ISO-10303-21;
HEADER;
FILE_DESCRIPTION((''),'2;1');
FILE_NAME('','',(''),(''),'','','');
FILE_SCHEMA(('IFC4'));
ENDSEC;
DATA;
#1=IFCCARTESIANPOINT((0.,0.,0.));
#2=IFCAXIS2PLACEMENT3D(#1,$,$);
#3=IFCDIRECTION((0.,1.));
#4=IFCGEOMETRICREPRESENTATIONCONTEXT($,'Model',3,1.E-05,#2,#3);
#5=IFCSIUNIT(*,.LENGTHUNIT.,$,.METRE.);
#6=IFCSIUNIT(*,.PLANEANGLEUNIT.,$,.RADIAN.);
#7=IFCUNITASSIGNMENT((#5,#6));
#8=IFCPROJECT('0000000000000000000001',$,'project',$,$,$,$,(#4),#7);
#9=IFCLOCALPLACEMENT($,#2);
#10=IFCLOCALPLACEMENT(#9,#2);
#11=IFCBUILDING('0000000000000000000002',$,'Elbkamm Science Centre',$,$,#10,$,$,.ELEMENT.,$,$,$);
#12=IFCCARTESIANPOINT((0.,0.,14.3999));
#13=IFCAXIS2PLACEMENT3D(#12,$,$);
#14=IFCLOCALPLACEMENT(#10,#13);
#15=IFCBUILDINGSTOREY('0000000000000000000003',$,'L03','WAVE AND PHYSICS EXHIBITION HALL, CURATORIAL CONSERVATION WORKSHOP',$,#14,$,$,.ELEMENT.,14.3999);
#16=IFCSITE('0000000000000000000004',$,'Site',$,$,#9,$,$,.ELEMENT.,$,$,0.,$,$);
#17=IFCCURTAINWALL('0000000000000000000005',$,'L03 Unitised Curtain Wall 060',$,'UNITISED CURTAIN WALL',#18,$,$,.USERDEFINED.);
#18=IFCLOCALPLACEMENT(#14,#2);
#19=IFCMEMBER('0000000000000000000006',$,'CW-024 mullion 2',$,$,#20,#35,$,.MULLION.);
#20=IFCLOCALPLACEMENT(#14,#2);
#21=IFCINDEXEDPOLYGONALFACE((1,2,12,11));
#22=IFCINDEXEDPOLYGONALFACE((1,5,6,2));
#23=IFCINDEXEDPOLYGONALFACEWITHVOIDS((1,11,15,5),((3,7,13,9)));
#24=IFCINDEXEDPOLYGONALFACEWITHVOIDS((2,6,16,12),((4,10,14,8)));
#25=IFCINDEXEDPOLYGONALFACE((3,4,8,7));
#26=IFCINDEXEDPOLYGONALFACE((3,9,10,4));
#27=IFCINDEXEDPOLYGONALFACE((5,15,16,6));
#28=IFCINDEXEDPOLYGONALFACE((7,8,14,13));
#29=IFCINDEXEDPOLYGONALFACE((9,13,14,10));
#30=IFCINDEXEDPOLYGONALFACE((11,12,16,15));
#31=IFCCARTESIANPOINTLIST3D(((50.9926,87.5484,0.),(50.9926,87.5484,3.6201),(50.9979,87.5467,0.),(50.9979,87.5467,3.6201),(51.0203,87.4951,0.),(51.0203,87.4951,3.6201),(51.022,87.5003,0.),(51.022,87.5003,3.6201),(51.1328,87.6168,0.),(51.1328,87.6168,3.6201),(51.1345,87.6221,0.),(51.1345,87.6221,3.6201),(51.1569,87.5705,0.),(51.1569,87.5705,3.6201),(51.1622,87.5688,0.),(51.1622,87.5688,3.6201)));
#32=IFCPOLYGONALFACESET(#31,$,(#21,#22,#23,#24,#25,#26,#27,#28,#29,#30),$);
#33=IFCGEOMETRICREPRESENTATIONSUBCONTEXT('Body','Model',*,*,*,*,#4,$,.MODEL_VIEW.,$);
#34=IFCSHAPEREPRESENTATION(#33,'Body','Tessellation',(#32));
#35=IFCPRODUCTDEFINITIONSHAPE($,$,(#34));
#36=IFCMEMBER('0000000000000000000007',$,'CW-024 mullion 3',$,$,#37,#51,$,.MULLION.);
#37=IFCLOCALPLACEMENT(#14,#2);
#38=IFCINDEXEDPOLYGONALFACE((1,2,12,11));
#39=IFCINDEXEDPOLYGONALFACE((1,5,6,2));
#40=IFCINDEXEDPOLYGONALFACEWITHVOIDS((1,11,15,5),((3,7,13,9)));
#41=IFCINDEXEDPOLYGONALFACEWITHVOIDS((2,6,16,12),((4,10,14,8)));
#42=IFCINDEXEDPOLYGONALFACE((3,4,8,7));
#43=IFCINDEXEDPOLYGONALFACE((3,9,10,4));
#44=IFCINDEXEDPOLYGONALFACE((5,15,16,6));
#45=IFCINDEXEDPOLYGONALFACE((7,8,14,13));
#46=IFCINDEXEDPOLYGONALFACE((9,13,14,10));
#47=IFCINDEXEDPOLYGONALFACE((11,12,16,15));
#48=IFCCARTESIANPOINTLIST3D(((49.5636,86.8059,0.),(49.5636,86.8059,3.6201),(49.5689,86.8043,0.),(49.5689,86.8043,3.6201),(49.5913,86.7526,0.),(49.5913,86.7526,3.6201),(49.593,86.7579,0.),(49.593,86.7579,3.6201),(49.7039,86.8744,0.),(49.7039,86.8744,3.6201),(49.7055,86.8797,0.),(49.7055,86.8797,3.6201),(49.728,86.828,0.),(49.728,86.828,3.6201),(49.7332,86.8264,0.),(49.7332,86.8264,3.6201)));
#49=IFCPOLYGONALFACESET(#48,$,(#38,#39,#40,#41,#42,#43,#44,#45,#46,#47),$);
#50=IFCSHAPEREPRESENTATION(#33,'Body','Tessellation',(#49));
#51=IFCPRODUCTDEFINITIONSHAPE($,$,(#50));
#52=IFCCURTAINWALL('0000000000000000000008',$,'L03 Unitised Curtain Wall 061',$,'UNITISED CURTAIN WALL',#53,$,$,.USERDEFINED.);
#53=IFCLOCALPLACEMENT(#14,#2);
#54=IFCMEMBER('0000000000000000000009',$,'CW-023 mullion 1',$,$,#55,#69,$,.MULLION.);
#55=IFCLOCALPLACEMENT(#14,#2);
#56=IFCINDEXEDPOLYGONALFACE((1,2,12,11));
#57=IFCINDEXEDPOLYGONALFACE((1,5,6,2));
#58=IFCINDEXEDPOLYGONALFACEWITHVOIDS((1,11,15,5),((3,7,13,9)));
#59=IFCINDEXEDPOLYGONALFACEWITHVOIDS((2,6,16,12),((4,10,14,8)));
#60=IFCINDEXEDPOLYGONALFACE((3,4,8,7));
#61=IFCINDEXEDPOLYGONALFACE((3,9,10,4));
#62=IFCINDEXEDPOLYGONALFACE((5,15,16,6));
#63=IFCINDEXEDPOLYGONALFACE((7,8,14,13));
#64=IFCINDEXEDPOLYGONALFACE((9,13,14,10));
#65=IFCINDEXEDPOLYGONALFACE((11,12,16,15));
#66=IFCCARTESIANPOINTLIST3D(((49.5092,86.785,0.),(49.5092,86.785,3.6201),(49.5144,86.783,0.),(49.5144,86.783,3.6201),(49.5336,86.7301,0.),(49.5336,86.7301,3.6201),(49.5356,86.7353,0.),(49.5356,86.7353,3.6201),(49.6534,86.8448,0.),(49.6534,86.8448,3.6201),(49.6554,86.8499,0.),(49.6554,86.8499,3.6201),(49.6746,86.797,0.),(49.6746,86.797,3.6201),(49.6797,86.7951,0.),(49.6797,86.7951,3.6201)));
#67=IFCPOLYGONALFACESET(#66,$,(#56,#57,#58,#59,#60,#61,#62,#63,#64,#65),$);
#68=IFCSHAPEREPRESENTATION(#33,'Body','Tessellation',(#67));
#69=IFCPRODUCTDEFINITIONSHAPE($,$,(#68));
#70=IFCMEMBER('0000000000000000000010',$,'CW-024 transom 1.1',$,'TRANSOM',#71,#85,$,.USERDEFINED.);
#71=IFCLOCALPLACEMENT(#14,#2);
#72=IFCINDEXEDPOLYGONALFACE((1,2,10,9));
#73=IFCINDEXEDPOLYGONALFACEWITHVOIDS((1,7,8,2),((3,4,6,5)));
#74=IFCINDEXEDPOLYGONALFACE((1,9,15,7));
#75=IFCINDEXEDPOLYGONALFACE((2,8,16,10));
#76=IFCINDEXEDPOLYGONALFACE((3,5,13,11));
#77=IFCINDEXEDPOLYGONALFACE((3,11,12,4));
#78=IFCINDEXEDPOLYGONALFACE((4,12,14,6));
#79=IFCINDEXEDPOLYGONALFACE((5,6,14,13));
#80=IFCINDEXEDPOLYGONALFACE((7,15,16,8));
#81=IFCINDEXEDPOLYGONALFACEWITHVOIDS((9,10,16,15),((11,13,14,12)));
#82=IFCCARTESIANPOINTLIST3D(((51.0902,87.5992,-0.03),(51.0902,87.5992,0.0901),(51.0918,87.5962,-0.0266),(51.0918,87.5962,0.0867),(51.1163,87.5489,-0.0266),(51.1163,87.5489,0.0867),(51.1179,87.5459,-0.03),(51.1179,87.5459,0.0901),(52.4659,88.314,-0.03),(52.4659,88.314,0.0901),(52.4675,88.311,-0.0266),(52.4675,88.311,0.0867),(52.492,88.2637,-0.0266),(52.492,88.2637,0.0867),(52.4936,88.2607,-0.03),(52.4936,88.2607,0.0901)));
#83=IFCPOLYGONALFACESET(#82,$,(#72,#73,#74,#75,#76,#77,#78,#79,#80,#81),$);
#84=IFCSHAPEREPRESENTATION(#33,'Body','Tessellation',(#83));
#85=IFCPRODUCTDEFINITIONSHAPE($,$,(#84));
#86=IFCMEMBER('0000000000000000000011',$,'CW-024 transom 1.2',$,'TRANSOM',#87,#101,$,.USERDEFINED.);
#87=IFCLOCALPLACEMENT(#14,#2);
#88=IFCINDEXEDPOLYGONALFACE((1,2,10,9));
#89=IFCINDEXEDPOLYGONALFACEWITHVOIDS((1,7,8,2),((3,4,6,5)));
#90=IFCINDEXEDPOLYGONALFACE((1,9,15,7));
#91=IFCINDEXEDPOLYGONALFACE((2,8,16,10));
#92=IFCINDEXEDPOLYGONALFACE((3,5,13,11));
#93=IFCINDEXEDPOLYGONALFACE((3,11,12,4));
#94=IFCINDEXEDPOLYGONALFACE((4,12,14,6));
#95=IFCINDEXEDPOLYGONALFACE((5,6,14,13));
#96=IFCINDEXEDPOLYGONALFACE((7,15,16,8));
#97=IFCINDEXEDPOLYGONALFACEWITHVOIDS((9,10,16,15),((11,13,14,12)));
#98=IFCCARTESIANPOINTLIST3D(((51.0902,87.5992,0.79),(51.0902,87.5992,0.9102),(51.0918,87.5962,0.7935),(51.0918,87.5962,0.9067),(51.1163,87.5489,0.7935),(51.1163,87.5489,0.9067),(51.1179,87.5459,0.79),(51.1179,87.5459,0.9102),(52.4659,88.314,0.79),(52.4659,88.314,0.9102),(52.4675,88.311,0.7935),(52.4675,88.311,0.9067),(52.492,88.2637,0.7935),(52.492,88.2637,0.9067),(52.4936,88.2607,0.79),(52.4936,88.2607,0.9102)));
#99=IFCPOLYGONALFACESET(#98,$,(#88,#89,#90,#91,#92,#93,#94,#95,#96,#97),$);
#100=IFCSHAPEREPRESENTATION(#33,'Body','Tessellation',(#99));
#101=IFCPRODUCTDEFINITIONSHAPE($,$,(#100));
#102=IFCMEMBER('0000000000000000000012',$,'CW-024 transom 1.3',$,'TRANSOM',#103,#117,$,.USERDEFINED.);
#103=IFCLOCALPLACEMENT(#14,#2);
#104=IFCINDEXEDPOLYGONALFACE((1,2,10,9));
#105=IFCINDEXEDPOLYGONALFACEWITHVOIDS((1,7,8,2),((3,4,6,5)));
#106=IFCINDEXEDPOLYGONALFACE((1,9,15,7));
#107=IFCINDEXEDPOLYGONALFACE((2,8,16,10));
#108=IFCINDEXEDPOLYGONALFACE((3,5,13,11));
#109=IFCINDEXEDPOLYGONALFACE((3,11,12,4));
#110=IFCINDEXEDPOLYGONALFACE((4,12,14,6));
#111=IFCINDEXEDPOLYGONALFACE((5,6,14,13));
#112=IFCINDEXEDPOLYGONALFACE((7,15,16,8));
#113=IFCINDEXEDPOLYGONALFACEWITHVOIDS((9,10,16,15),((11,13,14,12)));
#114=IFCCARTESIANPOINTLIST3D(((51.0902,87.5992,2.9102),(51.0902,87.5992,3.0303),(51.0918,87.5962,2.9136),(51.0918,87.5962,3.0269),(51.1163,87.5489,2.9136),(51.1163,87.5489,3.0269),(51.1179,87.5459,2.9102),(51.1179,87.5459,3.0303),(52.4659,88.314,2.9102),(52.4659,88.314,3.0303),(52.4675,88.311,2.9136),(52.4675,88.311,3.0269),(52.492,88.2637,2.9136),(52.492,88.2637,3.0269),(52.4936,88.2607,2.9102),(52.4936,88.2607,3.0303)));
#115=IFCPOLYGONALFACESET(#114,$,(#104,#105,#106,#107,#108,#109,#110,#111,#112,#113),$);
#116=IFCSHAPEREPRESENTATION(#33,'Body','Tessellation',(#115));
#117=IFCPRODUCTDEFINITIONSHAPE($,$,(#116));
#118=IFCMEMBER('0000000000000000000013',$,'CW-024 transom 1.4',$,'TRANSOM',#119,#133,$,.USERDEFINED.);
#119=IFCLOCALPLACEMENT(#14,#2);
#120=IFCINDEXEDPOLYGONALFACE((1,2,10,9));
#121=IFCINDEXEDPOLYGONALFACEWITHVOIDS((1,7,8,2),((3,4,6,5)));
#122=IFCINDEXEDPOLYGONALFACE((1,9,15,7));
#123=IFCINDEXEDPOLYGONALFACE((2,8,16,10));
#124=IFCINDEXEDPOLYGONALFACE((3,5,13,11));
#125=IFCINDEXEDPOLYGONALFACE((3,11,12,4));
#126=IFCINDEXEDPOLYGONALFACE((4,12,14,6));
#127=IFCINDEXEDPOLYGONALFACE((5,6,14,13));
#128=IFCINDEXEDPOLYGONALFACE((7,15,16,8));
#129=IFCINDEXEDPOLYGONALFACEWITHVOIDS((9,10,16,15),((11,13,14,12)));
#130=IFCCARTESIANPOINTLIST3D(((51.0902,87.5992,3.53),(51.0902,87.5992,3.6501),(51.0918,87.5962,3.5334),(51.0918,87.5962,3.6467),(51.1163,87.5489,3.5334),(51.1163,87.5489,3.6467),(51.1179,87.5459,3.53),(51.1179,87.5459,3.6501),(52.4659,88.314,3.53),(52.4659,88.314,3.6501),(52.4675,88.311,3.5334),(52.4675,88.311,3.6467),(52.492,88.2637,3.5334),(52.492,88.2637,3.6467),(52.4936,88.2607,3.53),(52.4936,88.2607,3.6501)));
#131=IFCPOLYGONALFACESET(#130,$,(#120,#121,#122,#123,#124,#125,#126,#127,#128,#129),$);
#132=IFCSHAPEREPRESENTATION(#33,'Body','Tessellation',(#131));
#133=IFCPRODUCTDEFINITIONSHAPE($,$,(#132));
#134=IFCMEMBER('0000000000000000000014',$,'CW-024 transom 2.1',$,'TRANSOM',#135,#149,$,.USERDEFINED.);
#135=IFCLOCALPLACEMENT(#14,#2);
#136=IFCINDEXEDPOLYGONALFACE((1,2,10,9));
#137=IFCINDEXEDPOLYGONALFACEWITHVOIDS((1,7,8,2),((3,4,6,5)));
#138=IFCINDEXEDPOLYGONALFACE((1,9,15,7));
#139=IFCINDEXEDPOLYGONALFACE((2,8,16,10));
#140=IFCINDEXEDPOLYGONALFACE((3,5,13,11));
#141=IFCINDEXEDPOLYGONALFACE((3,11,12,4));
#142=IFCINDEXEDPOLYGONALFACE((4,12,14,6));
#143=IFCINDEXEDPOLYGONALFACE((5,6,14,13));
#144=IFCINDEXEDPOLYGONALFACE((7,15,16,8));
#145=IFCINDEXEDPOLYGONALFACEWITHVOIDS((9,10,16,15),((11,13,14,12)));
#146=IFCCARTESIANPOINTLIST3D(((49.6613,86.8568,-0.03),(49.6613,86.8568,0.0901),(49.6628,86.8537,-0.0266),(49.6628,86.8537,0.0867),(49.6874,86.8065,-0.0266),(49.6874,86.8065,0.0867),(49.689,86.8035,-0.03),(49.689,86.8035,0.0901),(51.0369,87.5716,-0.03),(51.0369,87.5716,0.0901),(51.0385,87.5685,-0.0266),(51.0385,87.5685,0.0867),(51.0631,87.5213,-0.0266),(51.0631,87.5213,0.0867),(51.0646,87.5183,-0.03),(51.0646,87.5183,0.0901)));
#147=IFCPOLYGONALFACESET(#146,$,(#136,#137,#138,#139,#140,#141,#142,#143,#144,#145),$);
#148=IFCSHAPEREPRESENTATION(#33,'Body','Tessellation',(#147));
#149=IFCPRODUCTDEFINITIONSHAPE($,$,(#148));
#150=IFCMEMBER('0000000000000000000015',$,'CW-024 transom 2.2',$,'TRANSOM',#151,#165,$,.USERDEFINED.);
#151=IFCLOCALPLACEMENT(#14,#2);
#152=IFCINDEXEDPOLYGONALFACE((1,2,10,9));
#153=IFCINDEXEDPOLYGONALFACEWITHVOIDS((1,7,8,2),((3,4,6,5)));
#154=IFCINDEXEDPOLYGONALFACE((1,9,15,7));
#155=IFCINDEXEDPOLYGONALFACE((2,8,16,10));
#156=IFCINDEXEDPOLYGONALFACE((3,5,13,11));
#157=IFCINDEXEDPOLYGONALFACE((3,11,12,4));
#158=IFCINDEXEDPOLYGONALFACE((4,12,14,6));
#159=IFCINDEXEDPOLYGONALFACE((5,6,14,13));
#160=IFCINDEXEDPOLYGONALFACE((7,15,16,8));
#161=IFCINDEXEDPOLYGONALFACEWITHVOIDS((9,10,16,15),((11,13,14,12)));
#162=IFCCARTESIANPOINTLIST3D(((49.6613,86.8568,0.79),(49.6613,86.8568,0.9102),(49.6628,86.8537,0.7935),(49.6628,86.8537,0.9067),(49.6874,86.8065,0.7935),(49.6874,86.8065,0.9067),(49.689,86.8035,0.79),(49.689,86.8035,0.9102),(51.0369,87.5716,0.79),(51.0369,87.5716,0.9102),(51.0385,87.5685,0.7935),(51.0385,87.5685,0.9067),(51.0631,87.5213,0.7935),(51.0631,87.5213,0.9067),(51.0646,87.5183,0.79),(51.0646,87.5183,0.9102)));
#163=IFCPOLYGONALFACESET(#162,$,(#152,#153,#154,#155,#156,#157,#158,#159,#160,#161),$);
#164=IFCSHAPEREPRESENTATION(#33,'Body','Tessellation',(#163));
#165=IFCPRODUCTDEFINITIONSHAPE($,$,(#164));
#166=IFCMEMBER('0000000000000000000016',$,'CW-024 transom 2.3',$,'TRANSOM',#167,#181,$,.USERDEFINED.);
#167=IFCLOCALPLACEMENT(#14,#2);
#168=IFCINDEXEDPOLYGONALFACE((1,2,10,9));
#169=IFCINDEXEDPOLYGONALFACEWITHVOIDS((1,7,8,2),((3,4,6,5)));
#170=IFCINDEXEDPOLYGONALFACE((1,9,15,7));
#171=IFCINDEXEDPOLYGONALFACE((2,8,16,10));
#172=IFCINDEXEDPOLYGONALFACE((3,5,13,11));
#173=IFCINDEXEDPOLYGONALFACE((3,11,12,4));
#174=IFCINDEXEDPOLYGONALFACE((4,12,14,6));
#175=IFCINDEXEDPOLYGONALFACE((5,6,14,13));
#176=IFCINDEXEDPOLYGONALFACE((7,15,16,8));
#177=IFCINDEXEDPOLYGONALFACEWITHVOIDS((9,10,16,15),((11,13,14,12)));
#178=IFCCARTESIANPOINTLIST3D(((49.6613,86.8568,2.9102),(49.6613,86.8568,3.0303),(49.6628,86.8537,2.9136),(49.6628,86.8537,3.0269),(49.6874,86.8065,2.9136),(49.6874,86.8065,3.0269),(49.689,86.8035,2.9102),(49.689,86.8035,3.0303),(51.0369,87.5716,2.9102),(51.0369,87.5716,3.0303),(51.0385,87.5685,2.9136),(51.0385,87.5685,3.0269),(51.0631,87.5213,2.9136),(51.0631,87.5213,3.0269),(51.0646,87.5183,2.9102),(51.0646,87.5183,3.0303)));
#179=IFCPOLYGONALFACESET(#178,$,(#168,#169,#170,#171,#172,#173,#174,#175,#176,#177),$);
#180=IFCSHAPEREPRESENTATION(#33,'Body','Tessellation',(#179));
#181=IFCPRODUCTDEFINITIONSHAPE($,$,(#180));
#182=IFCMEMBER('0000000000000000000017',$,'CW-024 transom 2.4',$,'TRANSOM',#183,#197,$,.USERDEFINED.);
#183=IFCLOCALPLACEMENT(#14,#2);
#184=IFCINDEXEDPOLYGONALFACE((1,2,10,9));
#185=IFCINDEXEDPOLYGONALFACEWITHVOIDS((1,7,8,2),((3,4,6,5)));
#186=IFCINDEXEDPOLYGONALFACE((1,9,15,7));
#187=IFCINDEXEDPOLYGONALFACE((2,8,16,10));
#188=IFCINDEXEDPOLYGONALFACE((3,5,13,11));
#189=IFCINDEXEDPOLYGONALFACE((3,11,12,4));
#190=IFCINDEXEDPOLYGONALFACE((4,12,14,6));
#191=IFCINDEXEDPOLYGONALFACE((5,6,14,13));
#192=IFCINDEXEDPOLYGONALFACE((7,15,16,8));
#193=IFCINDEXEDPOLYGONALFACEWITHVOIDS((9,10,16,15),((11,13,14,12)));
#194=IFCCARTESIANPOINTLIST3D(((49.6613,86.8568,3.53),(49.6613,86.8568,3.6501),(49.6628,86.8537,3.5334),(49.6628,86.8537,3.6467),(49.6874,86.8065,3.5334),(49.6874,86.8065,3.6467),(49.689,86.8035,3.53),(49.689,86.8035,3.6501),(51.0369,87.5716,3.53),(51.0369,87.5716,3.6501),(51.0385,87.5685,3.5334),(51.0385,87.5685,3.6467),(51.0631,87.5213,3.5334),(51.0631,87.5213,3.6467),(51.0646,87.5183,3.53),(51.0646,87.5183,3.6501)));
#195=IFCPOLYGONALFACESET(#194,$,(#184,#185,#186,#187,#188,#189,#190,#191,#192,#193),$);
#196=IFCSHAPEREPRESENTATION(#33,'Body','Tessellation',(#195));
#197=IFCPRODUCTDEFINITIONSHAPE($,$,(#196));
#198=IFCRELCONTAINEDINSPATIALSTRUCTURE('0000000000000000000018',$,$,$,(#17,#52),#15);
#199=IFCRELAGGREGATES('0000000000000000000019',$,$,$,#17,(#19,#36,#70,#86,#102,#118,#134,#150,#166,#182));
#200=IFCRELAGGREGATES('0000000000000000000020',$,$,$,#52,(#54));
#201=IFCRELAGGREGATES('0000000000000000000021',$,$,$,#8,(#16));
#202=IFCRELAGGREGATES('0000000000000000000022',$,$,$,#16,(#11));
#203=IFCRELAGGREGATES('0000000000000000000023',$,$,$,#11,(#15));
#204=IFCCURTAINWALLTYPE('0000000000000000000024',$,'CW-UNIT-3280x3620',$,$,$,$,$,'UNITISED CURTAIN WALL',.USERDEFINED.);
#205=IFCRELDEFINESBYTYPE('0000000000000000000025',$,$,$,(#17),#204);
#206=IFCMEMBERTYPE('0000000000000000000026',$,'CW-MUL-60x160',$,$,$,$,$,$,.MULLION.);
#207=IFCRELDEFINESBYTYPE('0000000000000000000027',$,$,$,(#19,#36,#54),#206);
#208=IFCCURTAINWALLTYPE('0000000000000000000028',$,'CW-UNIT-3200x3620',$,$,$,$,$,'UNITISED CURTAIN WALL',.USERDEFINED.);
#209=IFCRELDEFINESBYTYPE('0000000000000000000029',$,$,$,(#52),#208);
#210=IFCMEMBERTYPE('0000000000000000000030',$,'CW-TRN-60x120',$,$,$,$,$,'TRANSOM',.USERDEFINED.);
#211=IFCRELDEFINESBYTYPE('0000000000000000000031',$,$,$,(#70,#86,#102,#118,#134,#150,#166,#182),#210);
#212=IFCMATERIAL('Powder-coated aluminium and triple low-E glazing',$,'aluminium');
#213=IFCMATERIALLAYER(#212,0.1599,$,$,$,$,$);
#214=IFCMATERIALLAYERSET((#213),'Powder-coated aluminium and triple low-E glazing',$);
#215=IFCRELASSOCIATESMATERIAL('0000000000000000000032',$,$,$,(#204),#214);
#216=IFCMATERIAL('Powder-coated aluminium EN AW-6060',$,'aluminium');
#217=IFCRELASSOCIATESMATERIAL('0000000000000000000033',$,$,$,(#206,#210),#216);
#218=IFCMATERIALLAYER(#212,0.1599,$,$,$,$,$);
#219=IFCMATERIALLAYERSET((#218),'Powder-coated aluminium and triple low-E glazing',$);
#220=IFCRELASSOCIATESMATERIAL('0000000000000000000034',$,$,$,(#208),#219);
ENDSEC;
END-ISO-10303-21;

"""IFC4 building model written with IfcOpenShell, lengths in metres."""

from ifc_helpers import new_model, si_unit, direction, frame, origin, origin_2d, place, context, subcontext, project, spatial, hollow_rectangle, extrude, material, layer, layer_set, material_profile, profile_set, type_object, element, aggregate, save


model = new_model("IFC4")

# Units and contexts
model_context = context("Model", 3, precision=1e-05, world=origin(), true_north=direction((0.0, 1.0)))
body_context = subcontext(model_context, "Body", "Model", "MODEL_VIEW")
ifc_project = project(units=[si_unit("LENGTHUNIT", "METRE"), si_unit("PLANEANGLEUNIT", "RADIAN")], contexts=[model_context])

# Site, building, storey
site_placement = place(None, origin())
site = spatial("IfcSite", under=ifc_project, at=site_placement, Name="Site", CompositionType="ELEMENT", RefElevation=0.0)
building_placement = place(site_placement, origin())
building = spatial("IfcBuilding", under=site, at=building_placement, Name="Elbkamm Science Centre", CompositionType="ELEMENT")
storey_placement = place(building_placement, frame((0.0, 0.0, 14.3999)))
storey = spatial("IfcBuildingStorey", under=building, at=storey_placement, Name="L03", Description="WAVE AND PHYSICS EXHIBITION HALL, CURATORIAL CONSERVATION WORKSHOP", CompositionType="ELEMENT", Elevation=14.3999)

# Curtain wall, members
ifc_material_1 = material(Name="Powder-coated aluminium and triple low-E glazing", Category="aluminium")
ifc_layer_1 = layer(ifc_material_1, 0.1599)
ifc_layer_set_1 = layer_set([ifc_layer_1], Name="Powder-coated aluminium and triple low-E glazing")
curtain_wall_type_1 = type_object("IfcCurtainWallType", Name="CW-UNIT-3280x3620", ElementType="UNITISED CURTAIN WALL", PredefinedType="USERDEFINED", material=ifc_layer_set_1)
curtain_wall_1_placement = place(storey_placement, origin())
curtain_wall_1 = element("IfcCurtainWall", 1, at=curtain_wall_1_placement, inside=storey, type_object=curtain_wall_type_1, Name="L03 Unitised Curtain Wall 060", ObjectType="UNITISED CURTAIN WALL", PredefinedType="USERDEFINED")
ifc_material_2 = material(Name="Powder-coated aluminium EN AW-6060", Category="aluminium")
ifc_material_profile_1 = material_profile(ifc_material_2, hollow_rectangle(XDim=0.0601, YDim=0.1599, WallThickness=0.0039, at=origin_2d()), Name="ALU M60x160")
ifc_profile_set_1 = profile_set([ifc_material_profile_1], Name="Powder-coated aluminium EN AW-6060")
member_type_1 = type_object("IfcMemberType", Name="CW-MUL-60x160", PredefinedType="MULLION", material=ifc_profile_set_1)
member_1_placement = place(storey_placement, frame((51.0774, 87.5586, 0.0), z_axis=(0.0, 0.0, 1.0), x_axis=(0.461071, -0.887363, 0.0)))
member_1 = element("IfcMember", 2, at=member_1_placement, type_object=member_type_1, Name="CW-024 mullion 2", PredefinedType="MULLION", context=body_context, shape_type="SweptSolid", body=[
    extrude(hollow_rectangle(XDim=0.0601, YDim=0.1599, WallThickness=0.0039, at=origin_2d()), origin(), (0.0, 0.0, 1.0), 3.6201),
])
member_2_placement = place(storey_placement, frame((49.6484, 86.8162, 0.0), z_axis=(0.0, 0.0, 1.0), x_axis=(0.461071, -0.887363, 0.0)))
member_2 = element("IfcMember", 3, at=member_2_placement, type_object=member_type_1, Name="CW-024 mullion 3", PredefinedType="MULLION", context=body_context, shape_type="SweptSolid", body=[
    extrude(hollow_rectangle(XDim=0.0601, YDim=0.1599, WallThickness=0.0039, at=origin_2d()), origin(), (0.0, 0.0, 1.0), 3.6201),
])

# Curtain wall, member
ifc_layer_2 = layer(ifc_material_1, 0.1599)
ifc_layer_set_2 = layer_set([ifc_layer_2], Name="Powder-coated aluminium and triple low-E glazing")
curtain_wall_type_2 = type_object("IfcCurtainWallType", Name="CW-UNIT-3200x3620", ElementType="UNITISED CURTAIN WALL", PredefinedType="USERDEFINED", material=ifc_layer_set_2)
curtain_wall_2_placement = place(storey_placement, origin())
curtain_wall_2 = element("IfcCurtainWall", 4, at=curtain_wall_2_placement, inside=storey, type_object=curtain_wall_type_2, Name="L03 Unitised Curtain Wall 061", ObjectType="UNITISED CURTAIN WALL", PredefinedType="USERDEFINED")
member_3_placement = place(storey_placement, frame((49.5945, 86.79, 0.0), z_axis=(0.0, 0.0, 1.0), x_axis=(0.405944, -0.913898, 0.0)))
member_3 = element("IfcMember", 5, at=member_3_placement, type_object=member_type_1, Name="CW-023 mullion 1", PredefinedType="MULLION", context=body_context, shape_type="SweptSolid", body=[
    extrude(hollow_rectangle(XDim=0.0601, YDim=0.1599, WallThickness=0.0039, at=origin_2d()), origin(), (0.0, 0.0, 1.0), 3.6201),
])

# Members
ifc_material_profile_2 = material_profile(ifc_material_2, hollow_rectangle(XDim=0.0601, YDim=0.1201, WallThickness=0.0034, at=origin_2d()), Name="ALU T60x120")
ifc_profile_set_2 = profile_set([ifc_material_profile_2], Name="Powder-coated aluminium EN AW-6060")
member_type_2 = type_object("IfcMemberType", Name="CW-TRN-60x120", ElementType="TRANSOM", PredefinedType="USERDEFINED", material=ifc_profile_set_2)
member_4_placement = place(storey_placement, frame((52.4797, 88.2874, 0.03), z_axis=(-0.887359, -0.46108, 0.0), x_axis=(0.46108, -0.887359, 0.0)))
member_4 = element("IfcMember", 6, at=member_4_placement, type_object=member_type_2, Name="CW-024 transom 1.1", ObjectType="TRANSOM", PredefinedType="USERDEFINED", context=body_context, shape_type="SweptSolid", body=[
    extrude(hollow_rectangle(XDim=0.0601, YDim=0.1201, WallThickness=0.0034, at=origin_2d()), origin(), (0.0, 0.0, 1.0), 1.5503),
])
member_5_placement = place(storey_placement, frame((52.4797, 88.2874, 0.8501), z_axis=(-0.887359, -0.46108, 0.0), x_axis=(0.46108, -0.887359, 0.0)))
member_5 = element("IfcMember", 7, at=member_5_placement, type_object=member_type_2, Name="CW-024 transom 1.2", ObjectType="TRANSOM", PredefinedType="USERDEFINED", context=body_context, shape_type="SweptSolid", body=[
    extrude(hollow_rectangle(XDim=0.0601, YDim=0.1201, WallThickness=0.0034, at=origin_2d()), origin(), (0.0, 0.0, 1.0), 1.5503),
])
member_6_placement = place(storey_placement, frame((52.4797, 88.2874, 2.9702), z_axis=(-0.887359, -0.46108, 0.0), x_axis=(0.46108, -0.887359, 0.0)))
member_6 = element("IfcMember", 8, at=member_6_placement, type_object=member_type_2, Name="CW-024 transom 1.3", ObjectType="TRANSOM", PredefinedType="USERDEFINED", context=body_context, shape_type="SweptSolid", body=[
    extrude(hollow_rectangle(XDim=0.0601, YDim=0.1201, WallThickness=0.0034, at=origin_2d()), origin(), (0.0, 0.0, 1.0), 1.5503),
])
member_7_placement = place(storey_placement, frame((52.4797, 88.2874, 3.5901), z_axis=(-0.887359, -0.46108, 0.0), x_axis=(0.46108, -0.887359, 0.0)))
member_7 = element("IfcMember", 9, at=member_7_placement, type_object=member_type_2, Name="CW-024 transom 1.4", ObjectType="TRANSOM", PredefinedType="USERDEFINED", context=body_context, shape_type="SweptSolid", body=[
    extrude(hollow_rectangle(XDim=0.0601, YDim=0.1201, WallThickness=0.0034, at=origin_2d()), origin(), (0.0, 0.0, 1.0), 1.5503),
])
member_8_placement = place(storey_placement, frame((51.0508, 87.5449, 0.03), z_axis=(-0.887359, -0.46108, 0.0), x_axis=(0.46108, -0.887359, 0.0)))
member_8 = element("IfcMember", 10, at=member_8_placement, type_object=member_type_2, Name="CW-024 transom 2.1", ObjectType="TRANSOM", PredefinedType="USERDEFINED", context=body_context, shape_type="SweptSolid", body=[
    extrude(hollow_rectangle(XDim=0.0601, YDim=0.1201, WallThickness=0.0034, at=origin_2d()), origin(), (0.0, 0.0, 1.0), 1.5503),
])
member_9_placement = place(storey_placement, frame((51.0508, 87.5449, 0.8501), z_axis=(-0.887359, -0.46108, 0.0), x_axis=(0.46108, -0.887359, 0.0)))
member_9 = element("IfcMember", 11, at=member_9_placement, type_object=member_type_2, Name="CW-024 transom 2.2", ObjectType="TRANSOM", PredefinedType="USERDEFINED", context=body_context, shape_type="SweptSolid", body=[
    extrude(hollow_rectangle(XDim=0.0601, YDim=0.1201, WallThickness=0.0034, at=origin_2d()), origin(), (0.0, 0.0, 1.0), 1.5503),
])
member_10_placement = place(storey_placement, frame((51.0508, 87.5449, 2.9702), z_axis=(-0.887359, -0.46108, 0.0), x_axis=(0.46108, -0.887359, 0.0)))
member_10 = element("IfcMember", 12, at=member_10_placement, type_object=member_type_2, Name="CW-024 transom 2.3", ObjectType="TRANSOM", PredefinedType="USERDEFINED", context=body_context, shape_type="SweptSolid", body=[
    extrude(hollow_rectangle(XDim=0.0601, YDim=0.1201, WallThickness=0.0034, at=origin_2d()), origin(), (0.0, 0.0, 1.0), 1.5503),
])
member_11_placement = place(storey_placement, frame((51.0508, 87.5449, 3.5901), z_axis=(-0.887359, -0.46108, 0.0), x_axis=(0.46108, -0.887359, 0.0)))
member_11 = element("IfcMember", 13, at=member_11_placement, type_object=member_type_2, Name="CW-024 transom 2.4", ObjectType="TRANSOM", PredefinedType="USERDEFINED", context=body_context, shape_type="SweptSolid", body=[
    extrude(hollow_rectangle(XDim=0.0601, YDim=0.1201, WallThickness=0.0034, at=origin_2d()), origin(), (0.0, 0.0, 1.0), 1.5503),
])

aggregate(curtain_wall_1, [member_1, member_2, member_4, member_5, member_6, member_7, member_8, member_9, member_10, member_11])
aggregate(curtain_wall_2, [member_3])

save(model, "model.ifc")
